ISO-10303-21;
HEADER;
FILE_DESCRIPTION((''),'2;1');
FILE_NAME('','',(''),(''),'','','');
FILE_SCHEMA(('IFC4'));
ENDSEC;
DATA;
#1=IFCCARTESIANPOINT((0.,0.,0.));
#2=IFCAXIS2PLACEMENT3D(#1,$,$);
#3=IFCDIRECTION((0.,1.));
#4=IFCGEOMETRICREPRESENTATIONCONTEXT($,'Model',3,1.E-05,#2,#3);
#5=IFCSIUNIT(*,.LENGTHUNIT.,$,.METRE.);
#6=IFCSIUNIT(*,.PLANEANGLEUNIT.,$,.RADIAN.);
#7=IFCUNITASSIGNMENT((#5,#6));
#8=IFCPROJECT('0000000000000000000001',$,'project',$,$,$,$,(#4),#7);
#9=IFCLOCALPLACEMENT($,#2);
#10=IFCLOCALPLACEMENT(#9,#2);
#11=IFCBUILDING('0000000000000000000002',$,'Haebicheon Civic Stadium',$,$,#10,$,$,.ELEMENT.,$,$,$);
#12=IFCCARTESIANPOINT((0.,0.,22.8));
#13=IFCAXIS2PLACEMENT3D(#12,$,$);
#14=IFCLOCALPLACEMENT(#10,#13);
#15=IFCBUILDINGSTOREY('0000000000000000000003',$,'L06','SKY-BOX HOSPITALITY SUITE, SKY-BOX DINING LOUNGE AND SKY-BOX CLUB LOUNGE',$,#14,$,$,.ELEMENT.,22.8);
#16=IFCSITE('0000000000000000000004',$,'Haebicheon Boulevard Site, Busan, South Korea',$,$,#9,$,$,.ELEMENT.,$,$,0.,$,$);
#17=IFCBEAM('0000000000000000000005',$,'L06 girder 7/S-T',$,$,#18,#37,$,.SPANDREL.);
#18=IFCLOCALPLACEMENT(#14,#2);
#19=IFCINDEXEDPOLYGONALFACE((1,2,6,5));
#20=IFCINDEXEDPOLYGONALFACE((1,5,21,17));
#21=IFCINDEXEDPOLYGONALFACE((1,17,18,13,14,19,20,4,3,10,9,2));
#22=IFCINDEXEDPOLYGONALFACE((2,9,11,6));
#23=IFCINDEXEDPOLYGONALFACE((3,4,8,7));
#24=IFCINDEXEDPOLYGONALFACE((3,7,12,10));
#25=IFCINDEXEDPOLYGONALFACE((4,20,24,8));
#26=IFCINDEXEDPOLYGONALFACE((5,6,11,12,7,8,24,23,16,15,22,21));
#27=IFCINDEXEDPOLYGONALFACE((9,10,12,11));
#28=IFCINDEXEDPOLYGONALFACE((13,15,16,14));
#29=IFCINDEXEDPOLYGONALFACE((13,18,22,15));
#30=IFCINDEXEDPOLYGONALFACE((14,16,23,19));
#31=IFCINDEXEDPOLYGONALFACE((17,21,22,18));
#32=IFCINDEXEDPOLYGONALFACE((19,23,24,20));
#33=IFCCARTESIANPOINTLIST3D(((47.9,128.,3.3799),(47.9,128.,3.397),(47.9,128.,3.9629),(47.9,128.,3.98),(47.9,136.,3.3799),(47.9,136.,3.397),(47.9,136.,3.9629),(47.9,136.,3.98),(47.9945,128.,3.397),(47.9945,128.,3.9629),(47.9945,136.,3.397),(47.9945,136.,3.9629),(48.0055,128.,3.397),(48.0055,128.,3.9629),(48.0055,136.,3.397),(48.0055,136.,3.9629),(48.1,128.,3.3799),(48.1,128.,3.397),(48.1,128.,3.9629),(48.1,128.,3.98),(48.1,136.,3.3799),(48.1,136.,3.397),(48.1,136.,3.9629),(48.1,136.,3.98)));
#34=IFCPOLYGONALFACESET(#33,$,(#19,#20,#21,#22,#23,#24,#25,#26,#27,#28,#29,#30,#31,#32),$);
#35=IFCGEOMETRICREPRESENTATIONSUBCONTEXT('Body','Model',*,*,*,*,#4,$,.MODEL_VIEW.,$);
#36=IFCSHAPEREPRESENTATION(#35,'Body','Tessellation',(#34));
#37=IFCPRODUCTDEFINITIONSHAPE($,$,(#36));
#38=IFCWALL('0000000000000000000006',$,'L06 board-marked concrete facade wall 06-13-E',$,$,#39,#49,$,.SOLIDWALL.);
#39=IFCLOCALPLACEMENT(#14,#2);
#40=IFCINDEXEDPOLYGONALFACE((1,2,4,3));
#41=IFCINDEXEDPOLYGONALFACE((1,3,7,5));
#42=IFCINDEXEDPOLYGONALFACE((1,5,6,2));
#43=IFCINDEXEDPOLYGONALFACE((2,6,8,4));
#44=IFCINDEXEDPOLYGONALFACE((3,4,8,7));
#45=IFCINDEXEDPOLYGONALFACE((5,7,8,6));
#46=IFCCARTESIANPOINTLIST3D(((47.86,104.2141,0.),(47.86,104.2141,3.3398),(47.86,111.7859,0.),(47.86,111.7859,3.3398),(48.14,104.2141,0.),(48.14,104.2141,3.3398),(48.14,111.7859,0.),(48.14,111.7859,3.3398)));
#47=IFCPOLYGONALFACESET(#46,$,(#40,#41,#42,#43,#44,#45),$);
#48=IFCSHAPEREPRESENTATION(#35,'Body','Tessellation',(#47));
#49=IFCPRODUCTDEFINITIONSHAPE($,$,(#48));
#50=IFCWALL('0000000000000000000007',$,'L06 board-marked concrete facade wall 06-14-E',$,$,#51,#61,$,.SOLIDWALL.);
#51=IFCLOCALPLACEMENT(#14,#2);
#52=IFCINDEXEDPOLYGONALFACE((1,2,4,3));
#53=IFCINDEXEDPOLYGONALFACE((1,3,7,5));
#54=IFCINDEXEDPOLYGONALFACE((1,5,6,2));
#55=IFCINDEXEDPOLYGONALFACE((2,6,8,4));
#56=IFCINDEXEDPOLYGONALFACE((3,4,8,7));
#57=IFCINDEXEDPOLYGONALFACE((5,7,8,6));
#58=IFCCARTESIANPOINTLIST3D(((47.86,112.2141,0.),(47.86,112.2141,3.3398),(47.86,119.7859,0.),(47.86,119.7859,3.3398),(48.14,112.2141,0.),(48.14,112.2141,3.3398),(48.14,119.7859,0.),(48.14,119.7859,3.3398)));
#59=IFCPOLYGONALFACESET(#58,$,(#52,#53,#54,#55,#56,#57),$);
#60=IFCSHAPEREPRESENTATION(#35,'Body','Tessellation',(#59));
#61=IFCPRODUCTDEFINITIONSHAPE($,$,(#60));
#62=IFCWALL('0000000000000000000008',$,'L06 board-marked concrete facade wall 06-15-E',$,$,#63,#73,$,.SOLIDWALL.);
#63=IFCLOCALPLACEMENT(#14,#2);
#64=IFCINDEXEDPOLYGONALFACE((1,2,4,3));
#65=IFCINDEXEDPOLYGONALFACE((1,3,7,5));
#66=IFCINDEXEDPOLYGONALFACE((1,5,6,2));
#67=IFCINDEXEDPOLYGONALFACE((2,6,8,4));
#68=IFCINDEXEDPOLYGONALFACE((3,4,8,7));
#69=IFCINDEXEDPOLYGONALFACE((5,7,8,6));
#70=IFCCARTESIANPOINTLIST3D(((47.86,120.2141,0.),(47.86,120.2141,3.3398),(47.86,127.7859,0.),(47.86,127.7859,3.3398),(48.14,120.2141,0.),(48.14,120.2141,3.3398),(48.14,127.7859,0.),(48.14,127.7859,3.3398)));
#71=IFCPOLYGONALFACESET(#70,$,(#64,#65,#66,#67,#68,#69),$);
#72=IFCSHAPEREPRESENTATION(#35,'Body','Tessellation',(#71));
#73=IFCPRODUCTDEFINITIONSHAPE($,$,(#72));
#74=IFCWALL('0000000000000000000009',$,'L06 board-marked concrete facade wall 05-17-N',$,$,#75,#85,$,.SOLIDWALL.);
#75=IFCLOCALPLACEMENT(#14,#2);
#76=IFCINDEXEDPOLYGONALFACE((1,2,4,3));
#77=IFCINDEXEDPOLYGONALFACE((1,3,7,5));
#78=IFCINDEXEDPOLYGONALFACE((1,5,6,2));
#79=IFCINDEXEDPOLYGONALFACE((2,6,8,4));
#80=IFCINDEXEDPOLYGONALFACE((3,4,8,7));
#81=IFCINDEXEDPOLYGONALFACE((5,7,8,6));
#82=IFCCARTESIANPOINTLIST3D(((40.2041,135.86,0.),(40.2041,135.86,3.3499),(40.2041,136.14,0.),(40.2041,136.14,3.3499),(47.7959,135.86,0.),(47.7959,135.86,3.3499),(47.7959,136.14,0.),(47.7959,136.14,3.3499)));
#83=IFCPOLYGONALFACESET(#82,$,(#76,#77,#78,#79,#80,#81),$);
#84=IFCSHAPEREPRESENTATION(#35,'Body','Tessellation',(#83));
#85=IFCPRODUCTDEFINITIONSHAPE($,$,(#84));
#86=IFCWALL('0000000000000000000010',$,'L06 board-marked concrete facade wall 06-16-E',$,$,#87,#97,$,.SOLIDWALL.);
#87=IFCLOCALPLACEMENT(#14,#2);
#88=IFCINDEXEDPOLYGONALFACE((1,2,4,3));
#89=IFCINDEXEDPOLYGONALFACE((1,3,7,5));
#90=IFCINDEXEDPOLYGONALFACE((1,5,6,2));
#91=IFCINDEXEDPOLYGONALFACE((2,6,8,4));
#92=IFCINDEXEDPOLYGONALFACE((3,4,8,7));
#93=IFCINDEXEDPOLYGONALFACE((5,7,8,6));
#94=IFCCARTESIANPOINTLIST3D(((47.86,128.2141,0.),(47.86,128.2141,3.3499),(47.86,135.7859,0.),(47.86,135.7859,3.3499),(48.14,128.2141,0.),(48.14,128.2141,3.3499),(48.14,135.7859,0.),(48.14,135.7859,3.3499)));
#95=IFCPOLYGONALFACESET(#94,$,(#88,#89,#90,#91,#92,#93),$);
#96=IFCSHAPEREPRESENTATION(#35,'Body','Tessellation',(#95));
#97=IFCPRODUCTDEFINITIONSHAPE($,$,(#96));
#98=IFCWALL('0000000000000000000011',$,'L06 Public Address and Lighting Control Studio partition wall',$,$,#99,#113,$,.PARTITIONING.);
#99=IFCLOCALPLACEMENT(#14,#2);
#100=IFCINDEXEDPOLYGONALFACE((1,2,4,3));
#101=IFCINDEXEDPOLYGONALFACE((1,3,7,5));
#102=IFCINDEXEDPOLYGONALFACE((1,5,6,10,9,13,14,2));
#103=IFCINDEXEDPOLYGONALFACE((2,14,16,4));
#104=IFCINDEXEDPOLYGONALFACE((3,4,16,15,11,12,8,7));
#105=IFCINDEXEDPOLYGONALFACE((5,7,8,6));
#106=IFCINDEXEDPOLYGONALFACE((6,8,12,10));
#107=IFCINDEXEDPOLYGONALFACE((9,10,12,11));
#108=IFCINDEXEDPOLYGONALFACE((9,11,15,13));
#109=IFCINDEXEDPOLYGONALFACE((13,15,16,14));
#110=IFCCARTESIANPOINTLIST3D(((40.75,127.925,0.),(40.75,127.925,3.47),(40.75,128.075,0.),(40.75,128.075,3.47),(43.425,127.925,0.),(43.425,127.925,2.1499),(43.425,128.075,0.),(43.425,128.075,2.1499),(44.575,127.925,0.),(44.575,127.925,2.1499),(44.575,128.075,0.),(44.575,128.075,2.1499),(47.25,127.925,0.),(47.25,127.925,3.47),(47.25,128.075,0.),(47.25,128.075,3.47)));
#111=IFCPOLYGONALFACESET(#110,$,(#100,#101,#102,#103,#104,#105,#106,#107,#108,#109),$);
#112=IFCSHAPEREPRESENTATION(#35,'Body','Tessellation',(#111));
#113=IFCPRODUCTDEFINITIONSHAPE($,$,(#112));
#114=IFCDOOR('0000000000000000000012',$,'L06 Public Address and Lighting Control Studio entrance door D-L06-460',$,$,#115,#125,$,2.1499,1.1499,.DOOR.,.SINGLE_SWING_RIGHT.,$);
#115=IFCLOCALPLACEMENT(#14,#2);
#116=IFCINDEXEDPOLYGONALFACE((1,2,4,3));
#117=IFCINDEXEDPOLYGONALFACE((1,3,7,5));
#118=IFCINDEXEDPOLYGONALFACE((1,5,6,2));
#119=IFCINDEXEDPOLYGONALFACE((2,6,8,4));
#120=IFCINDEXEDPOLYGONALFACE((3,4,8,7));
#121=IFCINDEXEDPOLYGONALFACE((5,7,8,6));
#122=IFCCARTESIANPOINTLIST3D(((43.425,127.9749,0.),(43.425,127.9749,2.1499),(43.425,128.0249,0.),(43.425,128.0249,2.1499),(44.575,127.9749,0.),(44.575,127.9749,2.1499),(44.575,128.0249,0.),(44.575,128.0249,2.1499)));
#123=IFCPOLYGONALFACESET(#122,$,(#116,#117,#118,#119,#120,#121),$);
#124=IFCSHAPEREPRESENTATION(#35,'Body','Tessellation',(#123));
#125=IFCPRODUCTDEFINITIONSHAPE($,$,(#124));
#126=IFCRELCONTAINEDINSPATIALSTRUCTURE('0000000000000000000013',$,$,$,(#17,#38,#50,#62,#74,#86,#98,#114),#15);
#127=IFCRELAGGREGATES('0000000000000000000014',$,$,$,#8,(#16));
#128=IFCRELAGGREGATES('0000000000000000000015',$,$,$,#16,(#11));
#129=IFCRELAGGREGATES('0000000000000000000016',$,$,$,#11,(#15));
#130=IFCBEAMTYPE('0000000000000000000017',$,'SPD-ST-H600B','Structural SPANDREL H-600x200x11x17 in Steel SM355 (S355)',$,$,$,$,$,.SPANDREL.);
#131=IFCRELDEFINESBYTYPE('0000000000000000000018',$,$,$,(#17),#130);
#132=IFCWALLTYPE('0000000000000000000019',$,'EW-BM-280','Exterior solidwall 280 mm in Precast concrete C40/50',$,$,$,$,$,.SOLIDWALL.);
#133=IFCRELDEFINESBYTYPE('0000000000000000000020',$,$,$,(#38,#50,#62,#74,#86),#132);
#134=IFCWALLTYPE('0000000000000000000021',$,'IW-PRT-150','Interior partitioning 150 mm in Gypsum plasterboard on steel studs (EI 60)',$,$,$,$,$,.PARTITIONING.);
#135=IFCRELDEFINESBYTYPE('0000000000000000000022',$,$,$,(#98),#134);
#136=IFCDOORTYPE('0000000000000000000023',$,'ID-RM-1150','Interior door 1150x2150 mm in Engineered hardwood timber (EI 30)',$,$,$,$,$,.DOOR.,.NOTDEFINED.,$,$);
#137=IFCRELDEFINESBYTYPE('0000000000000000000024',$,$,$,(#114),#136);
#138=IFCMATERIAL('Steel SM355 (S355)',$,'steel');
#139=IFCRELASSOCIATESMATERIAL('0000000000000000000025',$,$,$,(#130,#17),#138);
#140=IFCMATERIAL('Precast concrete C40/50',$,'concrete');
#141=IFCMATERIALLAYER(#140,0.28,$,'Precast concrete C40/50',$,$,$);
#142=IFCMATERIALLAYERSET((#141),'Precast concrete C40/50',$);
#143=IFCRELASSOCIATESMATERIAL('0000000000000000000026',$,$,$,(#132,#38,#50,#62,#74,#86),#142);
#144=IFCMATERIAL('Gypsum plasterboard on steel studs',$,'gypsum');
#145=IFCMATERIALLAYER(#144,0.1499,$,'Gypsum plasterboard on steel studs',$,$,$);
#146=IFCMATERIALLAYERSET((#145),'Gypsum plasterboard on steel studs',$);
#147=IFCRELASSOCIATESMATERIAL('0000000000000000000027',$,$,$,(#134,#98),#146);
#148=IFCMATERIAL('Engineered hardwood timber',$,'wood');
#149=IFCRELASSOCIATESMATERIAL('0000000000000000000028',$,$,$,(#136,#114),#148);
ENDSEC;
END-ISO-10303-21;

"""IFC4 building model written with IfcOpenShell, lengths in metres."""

from ifc_helpers import new_model, si_unit, direction, frame, frame_2d, origin, origin_2d, place, context, subcontext, project, spatial, rectangle, i_section, extrude, material, layer, layer_set, material_profile, profile_set, type_object, element, fill, save


model = new_model("IFC4")

# Units and contexts
model_context = context("Model", 3, precision=1e-05, world=origin(), true_north=direction((0.0, 1.0)))
body_context = subcontext(model_context, "Body", "Model", "MODEL_VIEW")
ifc_project = project(units=[si_unit("LENGTHUNIT", "METRE"), si_unit("PLANEANGLEUNIT", "RADIAN")], contexts=[model_context])

# Site, building, storey
site_placement = place(None, origin())
site = spatial("IfcSite", under=ifc_project, at=site_placement, Name="Haebicheon Boulevard Site, Busan, South Korea", CompositionType="ELEMENT", RefElevation=0.0)
building_placement = place(site_placement, origin())
building = spatial("IfcBuilding", under=site, at=building_placement, Name="Haebicheon Civic Stadium", CompositionType="ELEMENT")
storey_placement = place(building_placement, frame((0.0, 0.0, 22.8)))
storey = spatial("IfcBuildingStorey", under=building, at=storey_placement, Name="L06", Description="SKY-BOX HOSPITALITY SUITE, SKY-BOX DINING LOUNGE AND SKY-BOX CLUB LOUNGE", CompositionType="ELEMENT", Elevation=22.8)

# Beam
ifc_material_1 = material(Name="Steel SM355 (S355)", Category="steel")
ifc_material_profile_1 = material_profile(ifc_material_1, i_section(OverallWidth=0.2, OverallDepth=0.6001, WebThickness=0.011, FlangeThickness=0.0171, at=origin_2d()), Name="H-600x200x11x17")
ifc_profile_set_1 = profile_set([ifc_material_profile_1], Name="Steel SM355 (S355)")
beam_type_1 = type_object("IfcBeamType", Name="SPD-ST-H600B", Description="Structural SPANDREL H-600x200x11x17 in Steel SM355 (S355)", PredefinedType="SPANDREL", material=ifc_profile_set_1)
for number, where, z_axis, x_axis, name in (
    (1, (48.0, 128.0, 3.6799), (0.0, 1.0, 0.0), (-1.0, 0.0, 0.0), "L06 girder 7/S-T"),
):
    element("IfcBeam", number, at=place(storey_placement, frame(where, z_axis=z_axis, x_axis=x_axis)), inside=storey, type_object=beam_type_1, material=ifc_profile_set_1, Name=name, PredefinedType="SPANDREL", context=body_context, shape_type="SweptSolid", body=[
        extrude(i_section(OverallWidth=0.2, OverallDepth=0.6001, WebThickness=0.011, FlangeThickness=0.0171, at=origin_2d()), origin(), (0.0, 0.0, 1.0), 8.0),
    ])

# Walls
ifc_material_2 = material(Name="Precast concrete C40/50", Category="concrete")
ifc_layer_1 = layer(ifc_material_2, 0.28, Name="Precast concrete C40/50")
ifc_layer_set_1 = layer_set([ifc_layer_1], Name="Precast concrete C40/50")
wall_type_1 = type_object("IfcWallType", Name="EW-BM-280", Description="Exterior solidwall 280 mm in Precast concrete C40/50", PredefinedType="SOLIDWALL", material=ifc_layer_set_1)
for number, where, z_axis, x_axis, name in (
    (2, (48.0, 104.2141, 0.0), (0.0, 0.0, 1.0), (0.0, 1.0, 0.0), "L06 board-marked concrete facade wall 06-13-E"),
    (3, (48.0, 112.2141, 0.0), (0.0, 0.0, 1.0), (0.0, 1.0, 0.0), "L06 board-marked concrete facade wall 06-14-E"),
    (4, (48.0, 120.2141, 0.0), (0.0, 0.0, 1.0), (0.0, 1.0, 0.0), "L06 board-marked concrete facade wall 06-15-E"),
):
    element("IfcWall", number, at=place(storey_placement, frame(where, z_axis=z_axis, x_axis=x_axis)), inside=storey, type_object=wall_type_1, material=ifc_layer_set_1, Name=name, PredefinedType="SOLIDWALL", context=body_context, shape_type="SweptSolid", body=[
        extrude(rectangle(XDim=7.5718, YDim=0.28, at=frame_2d((3.7859, 0.0))), origin(), (0.0, 0.0, 1.0), 3.3398),
    ])
wall_1_placement = place(storey_placement, frame((40.2041, 136.0, 0.0), z_axis=(0.0, 0.0, 1.0), x_axis=(1.0, 0.0, 0.0)))
element("IfcWall", 5, at=wall_1_placement, inside=storey, type_object=wall_type_1, material=ifc_layer_set_1, Name="L06 board-marked concrete facade wall 05-17-N", PredefinedType="SOLIDWALL", context=body_context, shape_type="SweptSolid", body=[
    extrude(rectangle(XDim=7.5918, YDim=0.28, at=frame_2d((3.7959, 0.0))), origin(), (0.0, 0.0, 1.0), 3.3499),
])
wall_2_placement = place(storey_placement, frame((48.0, 128.2141, 0.0), z_axis=(0.0, 0.0, 1.0), x_axis=(0.0, 1.0, 0.0)))
element("IfcWall", 6, at=wall_2_placement, inside=storey, type_object=wall_type_1, material=ifc_layer_set_1, Name="L06 board-marked concrete facade wall 06-16-E", PredefinedType="SOLIDWALL", context=body_context, shape_type="SweptSolid", body=[
    extrude(rectangle(XDim=7.5718, YDim=0.28, at=frame_2d((3.7859, 0.0))), origin(), (0.0, 0.0, 1.0), 3.3499),
])

# Wall, opening, door
ifc_material_3 = material(Name="Gypsum plasterboard on steel studs", Category="gypsum")
ifc_layer_2 = layer(ifc_material_3, 0.1499, Name="Gypsum plasterboard on steel studs")
ifc_layer_set_2 = layer_set([ifc_layer_2], Name="Gypsum plasterboard on steel studs")
wall_type_2 = type_object("IfcWallType", Name="IW-PRT-150", Description="Interior partitioning 150 mm in Gypsum plasterboard on steel studs (EI 60)", PredefinedType="PARTITIONING", material=ifc_layer_set_2)
wall_3_placement = place(storey_placement, frame((40.75, 128.0, 0.0), z_axis=(0.0, 0.0, 1.0), x_axis=(1.0, 0.0, 0.0)))
wall_3 = element("IfcWall", 7, at=wall_3_placement, inside=storey, type_object=wall_type_2, material=ifc_layer_set_2, Name="L06 Public Address and Lighting Control Studio partition wall", PredefinedType="PARTITIONING", context=body_context, shape_type="SweptSolid", body=[
    extrude(rectangle(XDim=6.5, YDim=0.1499, at=frame_2d((3.25, 0.0))), origin(), (0.0, 0.0, 1.0), 3.47),
])
opening_placement = place(wall_3_placement, frame((2.675, 0.0, 0.0)))
opening = element("IfcOpeningElement", 8, at=opening_placement, cuts=wall_3, PredefinedType="OPENING", context=body_context, shape_type="SweptSolid", body=[
    extrude(rectangle(XDim=1.1499, YDim=2.1499, at=frame_2d((0.575, 1.075))), frame((0.0, 0.085, 0.0), z_axis=(0.0, -1.0, 0.0), x_axis=(1.0, 0.0, 0.0)), (0.0, 0.0, 1.0), 0.1699),
])
ifc_material_4 = material(Name="Engineered hardwood timber", Category="wood")
door_type = type_object("IfcDoorType", Name="ID-RM-1150", Description="Interior door 1150x2150 mm in Engineered hardwood timber (EI 30)", OperationType="NOTDEFINED", PredefinedType="DOOR", material=ifc_material_4)
door_placement = place(opening_placement, origin())
door = element("IfcDoor", 9, at=door_placement, inside=storey, type_object=door_type, material=ifc_material_4, Name="L06 Public Address and Lighting Control Studio entrance door D-L06-460", OperationType="SINGLE_SWING_RIGHT", OverallHeight=2.1499, OverallWidth=1.1499, PredefinedType="DOOR", context=body_context, shape_type="SweptSolid", body=[
    extrude(rectangle(XDim=1.1499, YDim=2.1499, at=frame_2d((0.575, 1.075))), frame((0.0, 0.0249, 0.0), z_axis=(0.0, -1.0, 0.0), x_axis=(1.0, 0.0, 0.0)), (0.0, 0.0, 1.0), 0.05),
])
fill(opening, door)

save(model, "model.ifc")
